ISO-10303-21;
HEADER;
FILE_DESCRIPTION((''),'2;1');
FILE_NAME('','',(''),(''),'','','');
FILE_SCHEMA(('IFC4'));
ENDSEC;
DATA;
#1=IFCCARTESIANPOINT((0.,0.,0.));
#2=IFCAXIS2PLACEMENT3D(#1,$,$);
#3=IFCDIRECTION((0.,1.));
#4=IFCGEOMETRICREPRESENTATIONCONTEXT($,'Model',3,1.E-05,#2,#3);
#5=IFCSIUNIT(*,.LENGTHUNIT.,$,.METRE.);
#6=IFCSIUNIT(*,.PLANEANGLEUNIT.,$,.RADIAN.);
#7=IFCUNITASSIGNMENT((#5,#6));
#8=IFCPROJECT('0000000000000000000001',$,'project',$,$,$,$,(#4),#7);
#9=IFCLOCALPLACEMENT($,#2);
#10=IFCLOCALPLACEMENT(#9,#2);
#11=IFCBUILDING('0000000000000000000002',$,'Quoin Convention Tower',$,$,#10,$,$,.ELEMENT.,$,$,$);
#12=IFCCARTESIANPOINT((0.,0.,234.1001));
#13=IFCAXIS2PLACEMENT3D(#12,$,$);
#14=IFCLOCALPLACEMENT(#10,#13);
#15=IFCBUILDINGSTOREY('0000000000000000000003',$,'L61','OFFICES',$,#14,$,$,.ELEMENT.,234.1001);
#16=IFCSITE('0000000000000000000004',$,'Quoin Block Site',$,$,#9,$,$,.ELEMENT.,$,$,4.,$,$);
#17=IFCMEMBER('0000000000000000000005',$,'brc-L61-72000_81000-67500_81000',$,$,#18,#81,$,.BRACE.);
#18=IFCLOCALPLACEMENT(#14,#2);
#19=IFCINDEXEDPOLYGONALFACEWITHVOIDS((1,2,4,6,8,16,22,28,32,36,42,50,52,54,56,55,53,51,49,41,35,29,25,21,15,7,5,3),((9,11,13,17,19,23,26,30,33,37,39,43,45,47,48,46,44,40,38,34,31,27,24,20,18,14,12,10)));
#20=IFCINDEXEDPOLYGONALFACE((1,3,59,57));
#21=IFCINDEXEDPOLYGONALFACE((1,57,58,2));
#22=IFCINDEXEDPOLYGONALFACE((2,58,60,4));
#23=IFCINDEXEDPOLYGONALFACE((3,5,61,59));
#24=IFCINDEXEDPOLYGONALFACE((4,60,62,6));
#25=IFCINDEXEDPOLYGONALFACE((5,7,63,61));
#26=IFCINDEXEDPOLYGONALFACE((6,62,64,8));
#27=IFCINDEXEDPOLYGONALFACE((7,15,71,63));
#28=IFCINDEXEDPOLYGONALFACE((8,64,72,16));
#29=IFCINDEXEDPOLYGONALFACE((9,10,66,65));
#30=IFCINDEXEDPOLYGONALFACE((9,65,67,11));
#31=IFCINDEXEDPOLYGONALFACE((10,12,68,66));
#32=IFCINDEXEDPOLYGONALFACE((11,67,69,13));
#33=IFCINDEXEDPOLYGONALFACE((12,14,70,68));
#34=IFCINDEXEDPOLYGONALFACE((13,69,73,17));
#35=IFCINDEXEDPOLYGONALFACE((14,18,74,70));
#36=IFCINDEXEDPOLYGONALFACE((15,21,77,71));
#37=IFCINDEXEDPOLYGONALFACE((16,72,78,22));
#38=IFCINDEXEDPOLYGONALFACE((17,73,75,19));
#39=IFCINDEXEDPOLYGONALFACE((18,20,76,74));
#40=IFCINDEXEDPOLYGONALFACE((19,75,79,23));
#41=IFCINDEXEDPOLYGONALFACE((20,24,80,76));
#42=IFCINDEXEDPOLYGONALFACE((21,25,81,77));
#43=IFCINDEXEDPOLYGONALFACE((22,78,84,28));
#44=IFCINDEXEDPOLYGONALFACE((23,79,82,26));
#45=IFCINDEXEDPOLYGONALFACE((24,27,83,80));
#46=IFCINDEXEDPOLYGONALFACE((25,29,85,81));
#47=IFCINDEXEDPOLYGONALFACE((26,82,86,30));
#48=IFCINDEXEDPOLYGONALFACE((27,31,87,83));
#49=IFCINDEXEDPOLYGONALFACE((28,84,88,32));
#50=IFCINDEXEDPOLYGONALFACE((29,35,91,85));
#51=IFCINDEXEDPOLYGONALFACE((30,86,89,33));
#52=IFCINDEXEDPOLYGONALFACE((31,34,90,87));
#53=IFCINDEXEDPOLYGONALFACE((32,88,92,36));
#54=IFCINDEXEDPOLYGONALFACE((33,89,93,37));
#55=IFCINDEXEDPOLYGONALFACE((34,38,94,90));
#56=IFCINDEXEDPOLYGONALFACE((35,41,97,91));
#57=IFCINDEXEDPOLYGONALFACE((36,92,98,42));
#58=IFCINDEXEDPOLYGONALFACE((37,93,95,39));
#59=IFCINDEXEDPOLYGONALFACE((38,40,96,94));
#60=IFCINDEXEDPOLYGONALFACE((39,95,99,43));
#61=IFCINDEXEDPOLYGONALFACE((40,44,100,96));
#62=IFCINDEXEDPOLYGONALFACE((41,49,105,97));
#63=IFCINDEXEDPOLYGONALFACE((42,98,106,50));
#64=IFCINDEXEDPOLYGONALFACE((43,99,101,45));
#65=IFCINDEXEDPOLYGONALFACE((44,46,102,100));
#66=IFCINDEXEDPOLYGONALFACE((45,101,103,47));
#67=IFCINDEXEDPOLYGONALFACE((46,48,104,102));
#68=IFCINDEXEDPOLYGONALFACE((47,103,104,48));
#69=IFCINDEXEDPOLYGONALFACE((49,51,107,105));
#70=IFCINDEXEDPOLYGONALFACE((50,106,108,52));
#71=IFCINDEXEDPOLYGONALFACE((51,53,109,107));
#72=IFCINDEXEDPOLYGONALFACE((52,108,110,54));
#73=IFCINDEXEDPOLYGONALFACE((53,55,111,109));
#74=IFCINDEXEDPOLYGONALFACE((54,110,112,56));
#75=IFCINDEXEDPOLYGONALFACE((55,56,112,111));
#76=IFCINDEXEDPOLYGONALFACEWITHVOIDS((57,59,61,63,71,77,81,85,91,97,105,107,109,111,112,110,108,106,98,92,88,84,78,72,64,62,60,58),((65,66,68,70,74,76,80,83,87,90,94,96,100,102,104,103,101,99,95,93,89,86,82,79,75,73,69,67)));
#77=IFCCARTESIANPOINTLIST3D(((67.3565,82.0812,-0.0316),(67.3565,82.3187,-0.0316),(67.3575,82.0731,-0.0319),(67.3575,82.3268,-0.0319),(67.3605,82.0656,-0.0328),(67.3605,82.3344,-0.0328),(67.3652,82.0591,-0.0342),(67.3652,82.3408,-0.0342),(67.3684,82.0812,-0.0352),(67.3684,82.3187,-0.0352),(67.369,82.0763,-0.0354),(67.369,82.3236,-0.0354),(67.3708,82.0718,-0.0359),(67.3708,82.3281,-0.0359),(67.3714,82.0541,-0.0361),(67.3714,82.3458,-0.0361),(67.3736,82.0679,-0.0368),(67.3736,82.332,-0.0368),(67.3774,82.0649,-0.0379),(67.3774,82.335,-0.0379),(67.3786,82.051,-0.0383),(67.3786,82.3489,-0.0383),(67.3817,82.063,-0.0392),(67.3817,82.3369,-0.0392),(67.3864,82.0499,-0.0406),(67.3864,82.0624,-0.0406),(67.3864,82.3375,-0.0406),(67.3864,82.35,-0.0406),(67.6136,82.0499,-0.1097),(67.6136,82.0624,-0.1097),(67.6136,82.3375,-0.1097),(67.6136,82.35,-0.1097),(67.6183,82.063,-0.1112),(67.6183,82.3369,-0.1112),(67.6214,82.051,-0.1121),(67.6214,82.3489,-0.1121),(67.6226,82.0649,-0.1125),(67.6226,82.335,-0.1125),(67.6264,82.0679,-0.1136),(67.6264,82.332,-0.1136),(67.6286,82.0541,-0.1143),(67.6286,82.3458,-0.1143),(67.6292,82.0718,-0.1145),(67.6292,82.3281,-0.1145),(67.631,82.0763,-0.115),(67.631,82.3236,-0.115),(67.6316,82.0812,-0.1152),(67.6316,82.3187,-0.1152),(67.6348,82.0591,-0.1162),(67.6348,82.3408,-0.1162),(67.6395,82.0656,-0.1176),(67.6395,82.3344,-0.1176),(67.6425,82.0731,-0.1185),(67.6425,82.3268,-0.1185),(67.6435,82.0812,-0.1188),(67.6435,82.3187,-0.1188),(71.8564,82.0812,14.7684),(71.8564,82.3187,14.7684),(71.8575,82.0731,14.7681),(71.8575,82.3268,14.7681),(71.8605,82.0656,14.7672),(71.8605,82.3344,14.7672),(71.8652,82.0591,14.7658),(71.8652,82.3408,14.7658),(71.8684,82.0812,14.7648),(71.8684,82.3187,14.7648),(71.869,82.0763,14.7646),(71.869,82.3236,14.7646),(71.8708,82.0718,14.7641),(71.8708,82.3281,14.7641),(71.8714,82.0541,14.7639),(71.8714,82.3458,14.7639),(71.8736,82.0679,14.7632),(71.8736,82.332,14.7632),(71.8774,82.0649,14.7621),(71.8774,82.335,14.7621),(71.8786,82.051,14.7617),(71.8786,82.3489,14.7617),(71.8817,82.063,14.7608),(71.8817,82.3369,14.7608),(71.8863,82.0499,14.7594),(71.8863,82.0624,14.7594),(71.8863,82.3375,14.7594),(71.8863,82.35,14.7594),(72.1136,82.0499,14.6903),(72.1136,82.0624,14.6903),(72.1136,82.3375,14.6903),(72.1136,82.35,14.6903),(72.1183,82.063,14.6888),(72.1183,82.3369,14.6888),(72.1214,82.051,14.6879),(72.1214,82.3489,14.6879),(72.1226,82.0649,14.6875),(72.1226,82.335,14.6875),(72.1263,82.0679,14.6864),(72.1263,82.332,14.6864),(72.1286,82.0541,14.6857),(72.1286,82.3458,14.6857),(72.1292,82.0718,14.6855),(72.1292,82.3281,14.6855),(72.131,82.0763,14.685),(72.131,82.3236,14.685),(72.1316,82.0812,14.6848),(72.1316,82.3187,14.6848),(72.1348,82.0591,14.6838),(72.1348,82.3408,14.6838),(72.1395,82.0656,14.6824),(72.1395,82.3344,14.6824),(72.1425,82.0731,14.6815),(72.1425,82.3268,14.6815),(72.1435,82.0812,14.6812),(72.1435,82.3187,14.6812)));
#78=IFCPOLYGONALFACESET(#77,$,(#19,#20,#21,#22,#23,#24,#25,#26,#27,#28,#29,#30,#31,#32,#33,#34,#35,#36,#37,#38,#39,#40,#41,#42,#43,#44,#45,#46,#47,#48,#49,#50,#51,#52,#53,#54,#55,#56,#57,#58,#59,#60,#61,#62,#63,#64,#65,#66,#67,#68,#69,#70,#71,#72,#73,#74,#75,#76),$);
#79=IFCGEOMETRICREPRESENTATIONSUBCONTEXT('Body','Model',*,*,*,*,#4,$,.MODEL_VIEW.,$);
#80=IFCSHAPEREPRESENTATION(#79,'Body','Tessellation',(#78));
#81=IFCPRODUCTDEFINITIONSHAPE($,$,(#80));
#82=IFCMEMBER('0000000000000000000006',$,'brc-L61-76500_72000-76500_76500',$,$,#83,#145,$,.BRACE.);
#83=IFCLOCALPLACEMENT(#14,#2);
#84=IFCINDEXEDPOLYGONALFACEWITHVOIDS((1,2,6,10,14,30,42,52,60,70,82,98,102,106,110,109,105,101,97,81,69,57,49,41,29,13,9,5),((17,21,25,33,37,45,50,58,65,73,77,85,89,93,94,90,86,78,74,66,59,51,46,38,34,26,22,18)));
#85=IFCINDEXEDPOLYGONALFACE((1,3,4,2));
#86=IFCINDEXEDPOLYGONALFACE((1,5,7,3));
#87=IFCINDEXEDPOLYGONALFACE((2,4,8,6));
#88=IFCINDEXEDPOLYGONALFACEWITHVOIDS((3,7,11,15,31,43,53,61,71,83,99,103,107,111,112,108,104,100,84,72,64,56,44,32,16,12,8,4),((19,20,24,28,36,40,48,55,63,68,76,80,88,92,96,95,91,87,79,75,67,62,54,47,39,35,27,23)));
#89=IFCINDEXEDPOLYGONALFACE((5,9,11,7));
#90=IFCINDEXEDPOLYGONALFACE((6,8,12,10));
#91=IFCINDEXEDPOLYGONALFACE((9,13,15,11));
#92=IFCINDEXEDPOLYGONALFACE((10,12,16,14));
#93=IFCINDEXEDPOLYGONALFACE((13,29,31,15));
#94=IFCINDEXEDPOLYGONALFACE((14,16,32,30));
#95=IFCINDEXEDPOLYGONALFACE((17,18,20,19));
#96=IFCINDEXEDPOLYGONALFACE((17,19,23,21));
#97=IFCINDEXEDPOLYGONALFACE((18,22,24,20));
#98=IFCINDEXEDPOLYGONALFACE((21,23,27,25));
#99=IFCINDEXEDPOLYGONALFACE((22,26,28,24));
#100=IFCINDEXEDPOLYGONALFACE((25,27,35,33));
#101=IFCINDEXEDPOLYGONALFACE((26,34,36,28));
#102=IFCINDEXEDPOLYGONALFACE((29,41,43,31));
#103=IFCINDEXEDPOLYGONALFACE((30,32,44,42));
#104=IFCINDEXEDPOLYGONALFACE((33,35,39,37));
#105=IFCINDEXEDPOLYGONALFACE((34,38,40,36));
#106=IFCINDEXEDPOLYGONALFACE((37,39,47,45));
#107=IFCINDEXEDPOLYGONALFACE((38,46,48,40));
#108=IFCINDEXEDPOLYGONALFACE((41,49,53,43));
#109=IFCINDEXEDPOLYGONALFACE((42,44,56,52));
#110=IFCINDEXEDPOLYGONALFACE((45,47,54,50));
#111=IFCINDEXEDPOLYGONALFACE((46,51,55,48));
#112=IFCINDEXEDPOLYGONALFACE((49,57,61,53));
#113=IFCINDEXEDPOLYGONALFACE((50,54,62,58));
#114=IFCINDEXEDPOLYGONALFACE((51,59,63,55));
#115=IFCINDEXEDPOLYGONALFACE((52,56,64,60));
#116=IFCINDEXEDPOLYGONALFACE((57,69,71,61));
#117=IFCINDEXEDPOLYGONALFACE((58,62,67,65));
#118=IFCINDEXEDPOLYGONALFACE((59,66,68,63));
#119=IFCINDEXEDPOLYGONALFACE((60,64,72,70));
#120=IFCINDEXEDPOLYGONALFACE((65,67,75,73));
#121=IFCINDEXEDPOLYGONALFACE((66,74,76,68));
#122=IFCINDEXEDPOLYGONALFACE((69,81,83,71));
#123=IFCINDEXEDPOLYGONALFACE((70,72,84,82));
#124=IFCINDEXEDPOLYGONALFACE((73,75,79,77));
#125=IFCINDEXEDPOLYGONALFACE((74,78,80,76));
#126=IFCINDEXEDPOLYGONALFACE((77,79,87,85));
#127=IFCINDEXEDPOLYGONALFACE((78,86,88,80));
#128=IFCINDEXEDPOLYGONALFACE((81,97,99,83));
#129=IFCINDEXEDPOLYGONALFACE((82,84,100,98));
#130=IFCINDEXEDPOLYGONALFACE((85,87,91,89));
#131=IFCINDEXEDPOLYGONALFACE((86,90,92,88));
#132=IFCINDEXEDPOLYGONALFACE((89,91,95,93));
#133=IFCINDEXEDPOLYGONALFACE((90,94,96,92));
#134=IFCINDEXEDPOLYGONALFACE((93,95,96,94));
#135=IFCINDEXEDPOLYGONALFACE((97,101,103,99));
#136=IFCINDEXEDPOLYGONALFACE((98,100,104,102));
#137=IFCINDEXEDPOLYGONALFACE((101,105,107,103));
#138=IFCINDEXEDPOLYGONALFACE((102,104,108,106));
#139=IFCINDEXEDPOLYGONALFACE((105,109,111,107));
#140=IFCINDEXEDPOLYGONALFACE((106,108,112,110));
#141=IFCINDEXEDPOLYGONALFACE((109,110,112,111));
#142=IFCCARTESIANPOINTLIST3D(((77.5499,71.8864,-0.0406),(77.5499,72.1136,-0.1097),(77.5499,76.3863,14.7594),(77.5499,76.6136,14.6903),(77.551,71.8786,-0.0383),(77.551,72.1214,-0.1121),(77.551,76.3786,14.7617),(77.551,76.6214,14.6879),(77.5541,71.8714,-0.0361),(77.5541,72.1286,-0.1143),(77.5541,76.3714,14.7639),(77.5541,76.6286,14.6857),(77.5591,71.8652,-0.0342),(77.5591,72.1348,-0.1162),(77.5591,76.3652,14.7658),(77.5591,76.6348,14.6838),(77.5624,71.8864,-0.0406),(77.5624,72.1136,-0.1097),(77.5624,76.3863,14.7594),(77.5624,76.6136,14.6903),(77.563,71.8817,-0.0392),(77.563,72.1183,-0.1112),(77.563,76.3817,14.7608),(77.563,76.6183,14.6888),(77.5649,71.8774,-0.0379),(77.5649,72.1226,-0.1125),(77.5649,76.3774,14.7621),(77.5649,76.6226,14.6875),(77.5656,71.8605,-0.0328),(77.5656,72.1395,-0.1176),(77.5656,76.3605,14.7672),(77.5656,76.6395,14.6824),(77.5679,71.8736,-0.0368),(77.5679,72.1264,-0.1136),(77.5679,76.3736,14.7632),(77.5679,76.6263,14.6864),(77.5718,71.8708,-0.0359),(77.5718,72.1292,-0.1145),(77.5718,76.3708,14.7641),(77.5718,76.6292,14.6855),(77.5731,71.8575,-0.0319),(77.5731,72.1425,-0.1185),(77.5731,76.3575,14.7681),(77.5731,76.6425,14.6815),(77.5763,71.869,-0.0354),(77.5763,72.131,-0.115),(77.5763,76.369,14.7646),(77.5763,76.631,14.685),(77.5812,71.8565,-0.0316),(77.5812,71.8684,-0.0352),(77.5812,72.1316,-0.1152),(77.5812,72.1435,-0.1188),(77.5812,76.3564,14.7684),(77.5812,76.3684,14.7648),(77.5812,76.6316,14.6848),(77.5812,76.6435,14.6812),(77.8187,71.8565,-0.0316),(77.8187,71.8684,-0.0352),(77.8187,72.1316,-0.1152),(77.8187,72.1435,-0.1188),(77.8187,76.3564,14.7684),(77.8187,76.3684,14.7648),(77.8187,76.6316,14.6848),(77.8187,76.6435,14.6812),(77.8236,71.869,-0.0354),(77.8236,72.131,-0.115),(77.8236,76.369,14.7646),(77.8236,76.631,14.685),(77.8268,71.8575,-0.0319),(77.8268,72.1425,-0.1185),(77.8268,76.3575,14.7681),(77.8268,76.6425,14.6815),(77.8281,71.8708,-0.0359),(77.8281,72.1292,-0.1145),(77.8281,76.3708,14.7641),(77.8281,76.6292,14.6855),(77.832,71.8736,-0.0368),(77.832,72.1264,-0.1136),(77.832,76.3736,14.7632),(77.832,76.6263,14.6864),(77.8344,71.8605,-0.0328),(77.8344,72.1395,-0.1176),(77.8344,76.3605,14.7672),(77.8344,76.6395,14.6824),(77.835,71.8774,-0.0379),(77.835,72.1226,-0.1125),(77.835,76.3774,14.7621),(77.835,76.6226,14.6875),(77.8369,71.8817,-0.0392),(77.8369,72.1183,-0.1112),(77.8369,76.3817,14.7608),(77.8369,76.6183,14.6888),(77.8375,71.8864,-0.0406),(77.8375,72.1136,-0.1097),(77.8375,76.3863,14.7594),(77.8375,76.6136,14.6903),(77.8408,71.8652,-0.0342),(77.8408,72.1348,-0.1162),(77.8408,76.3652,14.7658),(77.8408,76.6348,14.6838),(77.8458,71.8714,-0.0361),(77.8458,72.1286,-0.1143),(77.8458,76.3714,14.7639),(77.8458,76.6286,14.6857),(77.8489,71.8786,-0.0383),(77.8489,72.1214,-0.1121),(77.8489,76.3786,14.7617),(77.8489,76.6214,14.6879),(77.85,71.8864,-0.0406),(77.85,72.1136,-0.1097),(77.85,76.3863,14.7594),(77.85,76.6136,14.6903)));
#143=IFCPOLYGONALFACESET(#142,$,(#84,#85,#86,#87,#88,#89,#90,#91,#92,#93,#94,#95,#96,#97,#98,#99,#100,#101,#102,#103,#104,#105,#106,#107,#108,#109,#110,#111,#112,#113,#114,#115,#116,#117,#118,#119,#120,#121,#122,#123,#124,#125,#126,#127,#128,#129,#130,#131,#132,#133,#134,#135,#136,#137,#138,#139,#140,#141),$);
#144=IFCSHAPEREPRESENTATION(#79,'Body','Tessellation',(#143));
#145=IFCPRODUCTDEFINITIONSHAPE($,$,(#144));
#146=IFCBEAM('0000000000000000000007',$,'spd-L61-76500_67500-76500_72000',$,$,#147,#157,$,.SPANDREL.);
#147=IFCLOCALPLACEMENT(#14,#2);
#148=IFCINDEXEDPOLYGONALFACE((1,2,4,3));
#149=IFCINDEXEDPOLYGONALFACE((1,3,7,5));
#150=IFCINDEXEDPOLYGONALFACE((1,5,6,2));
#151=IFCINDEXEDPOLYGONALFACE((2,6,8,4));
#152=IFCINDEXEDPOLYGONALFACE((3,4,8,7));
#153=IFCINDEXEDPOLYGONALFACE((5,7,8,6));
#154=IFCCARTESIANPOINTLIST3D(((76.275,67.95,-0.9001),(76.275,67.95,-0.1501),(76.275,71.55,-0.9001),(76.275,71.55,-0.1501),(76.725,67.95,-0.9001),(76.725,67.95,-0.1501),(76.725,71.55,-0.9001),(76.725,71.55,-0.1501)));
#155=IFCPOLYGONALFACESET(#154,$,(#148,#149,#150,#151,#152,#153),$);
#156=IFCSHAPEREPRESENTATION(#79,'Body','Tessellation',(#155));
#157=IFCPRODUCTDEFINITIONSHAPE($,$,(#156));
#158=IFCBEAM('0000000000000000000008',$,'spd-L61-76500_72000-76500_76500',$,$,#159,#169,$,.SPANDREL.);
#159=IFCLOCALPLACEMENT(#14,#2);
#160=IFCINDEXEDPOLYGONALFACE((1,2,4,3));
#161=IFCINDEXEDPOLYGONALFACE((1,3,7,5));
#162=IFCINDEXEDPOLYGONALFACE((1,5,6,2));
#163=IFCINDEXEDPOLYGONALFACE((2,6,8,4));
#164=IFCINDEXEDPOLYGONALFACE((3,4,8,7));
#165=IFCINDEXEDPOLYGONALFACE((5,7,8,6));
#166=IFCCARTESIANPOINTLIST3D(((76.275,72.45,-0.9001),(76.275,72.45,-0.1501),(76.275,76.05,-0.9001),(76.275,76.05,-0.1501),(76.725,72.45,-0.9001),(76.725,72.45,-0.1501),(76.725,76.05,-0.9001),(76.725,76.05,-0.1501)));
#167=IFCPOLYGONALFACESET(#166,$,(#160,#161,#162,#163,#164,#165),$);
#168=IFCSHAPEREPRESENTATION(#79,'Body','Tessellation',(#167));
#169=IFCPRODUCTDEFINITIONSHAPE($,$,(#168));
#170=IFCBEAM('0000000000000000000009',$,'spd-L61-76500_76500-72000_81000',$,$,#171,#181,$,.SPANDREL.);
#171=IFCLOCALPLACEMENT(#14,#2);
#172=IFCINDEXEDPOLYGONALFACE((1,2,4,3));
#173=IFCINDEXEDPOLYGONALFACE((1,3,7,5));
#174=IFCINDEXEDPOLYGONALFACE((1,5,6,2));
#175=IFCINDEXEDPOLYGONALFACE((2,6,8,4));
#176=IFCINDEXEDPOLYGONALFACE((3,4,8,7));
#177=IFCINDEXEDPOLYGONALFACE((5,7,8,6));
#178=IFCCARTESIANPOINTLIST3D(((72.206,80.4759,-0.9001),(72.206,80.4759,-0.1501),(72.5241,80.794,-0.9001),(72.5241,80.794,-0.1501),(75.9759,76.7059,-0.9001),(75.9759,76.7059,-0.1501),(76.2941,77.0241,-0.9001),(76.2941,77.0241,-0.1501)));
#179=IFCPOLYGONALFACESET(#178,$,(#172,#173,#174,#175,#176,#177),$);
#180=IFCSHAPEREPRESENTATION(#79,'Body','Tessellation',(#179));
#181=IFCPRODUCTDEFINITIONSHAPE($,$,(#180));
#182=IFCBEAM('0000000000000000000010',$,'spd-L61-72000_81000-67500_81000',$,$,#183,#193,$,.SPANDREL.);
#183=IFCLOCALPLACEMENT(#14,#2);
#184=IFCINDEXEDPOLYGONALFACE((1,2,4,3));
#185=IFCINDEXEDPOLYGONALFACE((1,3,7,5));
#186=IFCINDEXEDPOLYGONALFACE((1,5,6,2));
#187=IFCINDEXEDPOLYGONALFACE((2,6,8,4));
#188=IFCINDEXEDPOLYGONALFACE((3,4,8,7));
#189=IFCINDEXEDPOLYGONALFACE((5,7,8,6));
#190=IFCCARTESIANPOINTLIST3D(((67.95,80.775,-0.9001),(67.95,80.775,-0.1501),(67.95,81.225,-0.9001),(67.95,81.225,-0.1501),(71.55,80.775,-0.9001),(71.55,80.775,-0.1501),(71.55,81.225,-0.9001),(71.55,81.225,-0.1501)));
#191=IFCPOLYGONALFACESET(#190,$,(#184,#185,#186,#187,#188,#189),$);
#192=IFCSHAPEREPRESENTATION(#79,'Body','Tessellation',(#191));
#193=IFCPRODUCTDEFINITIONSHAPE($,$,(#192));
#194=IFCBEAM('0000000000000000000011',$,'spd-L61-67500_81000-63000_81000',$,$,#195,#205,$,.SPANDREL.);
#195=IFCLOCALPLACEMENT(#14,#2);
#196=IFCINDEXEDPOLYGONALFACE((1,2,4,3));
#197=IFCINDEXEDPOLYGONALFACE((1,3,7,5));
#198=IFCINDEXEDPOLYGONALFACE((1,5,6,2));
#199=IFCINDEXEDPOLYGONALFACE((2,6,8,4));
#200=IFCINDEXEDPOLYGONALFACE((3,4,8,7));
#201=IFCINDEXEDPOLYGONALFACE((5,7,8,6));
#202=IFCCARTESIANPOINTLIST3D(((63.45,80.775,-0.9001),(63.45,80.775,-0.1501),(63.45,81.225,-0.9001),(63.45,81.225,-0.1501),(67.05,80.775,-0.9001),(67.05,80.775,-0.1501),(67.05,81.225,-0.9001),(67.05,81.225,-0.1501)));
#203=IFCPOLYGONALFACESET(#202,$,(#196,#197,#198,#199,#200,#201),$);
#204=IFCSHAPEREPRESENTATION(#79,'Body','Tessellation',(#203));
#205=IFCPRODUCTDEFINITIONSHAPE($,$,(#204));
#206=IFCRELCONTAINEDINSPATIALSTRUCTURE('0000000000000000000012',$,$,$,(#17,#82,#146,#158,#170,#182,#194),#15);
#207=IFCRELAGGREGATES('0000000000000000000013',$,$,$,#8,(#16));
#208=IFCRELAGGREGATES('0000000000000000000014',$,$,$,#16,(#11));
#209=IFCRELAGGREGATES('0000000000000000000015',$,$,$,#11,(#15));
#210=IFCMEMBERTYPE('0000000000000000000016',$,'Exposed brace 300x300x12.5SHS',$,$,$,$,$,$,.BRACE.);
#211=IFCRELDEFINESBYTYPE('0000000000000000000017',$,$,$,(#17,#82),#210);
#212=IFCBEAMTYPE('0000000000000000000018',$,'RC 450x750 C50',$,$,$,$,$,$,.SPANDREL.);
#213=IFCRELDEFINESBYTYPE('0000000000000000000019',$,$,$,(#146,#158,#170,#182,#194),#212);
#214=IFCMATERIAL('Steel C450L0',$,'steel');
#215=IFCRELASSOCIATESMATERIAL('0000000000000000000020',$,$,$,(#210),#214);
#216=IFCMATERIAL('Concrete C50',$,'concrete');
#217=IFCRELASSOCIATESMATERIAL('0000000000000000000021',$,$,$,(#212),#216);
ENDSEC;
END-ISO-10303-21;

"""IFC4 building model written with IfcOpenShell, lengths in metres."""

from ifc_helpers import new_model, si_unit, direction, frame, origin, origin_2d, place, context, subcontext, project, spatial, rectangle, hollow_rectangle, extrude, material, material_profile, profile_set, type_object, element, save


model = new_model("IFC4")

# Units and contexts
model_context = context("Model", 3, precision=1e-05, world=origin(), true_north=direction((0.0, 1.0)))
body_context = subcontext(model_context, "Body", "Model", "MODEL_VIEW")
ifc_project = project(units=[si_unit("LENGTHUNIT", "METRE"), si_unit("PLANEANGLEUNIT", "RADIAN")], contexts=[model_context])

# Site, building, storey
site_placement = place(None, origin())
site = spatial("IfcSite", under=ifc_project, at=site_placement, Name="Quoin Block Site", CompositionType="ELEMENT", RefElevation=4.0)
building_placement = place(site_placement, origin())
building = spatial("IfcBuilding", under=site, at=building_placement, Name="Quoin Convention Tower", CompositionType="ELEMENT")
storey_placement = place(building_placement, frame((0.0, 0.0, 234.1001)))
storey = spatial("IfcBuildingStorey", under=building, at=storey_placement, Name="L61", Description="OFFICES", CompositionType="ELEMENT", Elevation=234.1001)

# Shared definitions
ifc_material_1 = material(Name="Concrete C50", Category="concrete")

# Members
ifc_material_2 = material(Name="Steel C450L0", Category="steel")
ifc_material_profile_1 = material_profile(ifc_material_2, hollow_rectangle(XDim=0.3, YDim=0.3, WallThickness=0.0125, InnerFilletRadius=0.0188, OuterFilletRadius=0.0312, at=origin_2d()), Name="300x300x12.5SHS")
ifc_profile_set_1 = profile_set([ifc_material_profile_1], Name="Steel C450L0")
member_type = type_object("IfcMemberType", Name="Exposed brace 300x300x12.5SHS", PredefinedType="BRACE", material=ifc_profile_set_1)
for number, where, z_axis, x_axis, name in (
    (1, (67.5, 82.2, -0.0752), (0.290903, 0.0, 0.956752), (0.0, 1.0, 0.0), "brc-L61-72000_81000-67500_81000"),
    (2, (77.7, 72.0, -0.0752), (0.0, 0.290903, 0.956752), (-1.0, 0.0, 0.0), "brc-L61-76500_72000-76500_76500"),
):
    element("IfcMember", number, at=place(storey_placement, frame(where, z_axis=z_axis, x_axis=x_axis)), inside=storey, type_object=member_type, Name=name, PredefinedType="BRACE", context=body_context, shape_type="SweptSolid", body=[
        extrude(hollow_rectangle(XDim=0.3, YDim=0.3, WallThickness=0.0125, InnerFilletRadius=0.0188, OuterFilletRadius=0.0312, at=origin_2d()), origin(), (0.0, 0.0, 1.0), 15.469),
    ])

# Beams
ifc_material_profile_2 = material_profile(ifc_material_1, rectangle(XDim=0.45, YDim=0.75, at=origin_2d()), Name="RC 450x750")
ifc_profile_set_2 = profile_set([ifc_material_profile_2], Name="Concrete C50")
beam_type_1 = type_object("IfcBeamType", Name="RC 450x750 C50", PredefinedType="SPANDREL", material=ifc_profile_set_2)
for number, where, z_axis, x_axis, name in (
    (3, (76.5, 67.95, -0.5251), (0.0, 1.0, 0.0), (-1.0, 0.0, 0.0), "spd-L61-76500_67500-76500_72000"),
    (4, (76.5, 72.45, -0.5251), (0.0, 1.0, 0.0), (-1.0, 0.0, 0.0), "spd-L61-76500_72000-76500_76500"),
):
    element("IfcBeam", number, at=place(storey_placement, frame(where, z_axis=z_axis, x_axis=x_axis)), inside=storey, type_object=beam_type_1, Name=name, PredefinedType="SPANDREL", context=body_context, shape_type="SweptSolid", body=[
        extrude(rectangle(XDim=0.45, YDim=0.75, at=origin_2d()), origin(), (0.0, 0.0, 1.0), 3.6001),
    ])
beam_1_placement = place(storey_placement, frame((76.135, 76.865, -0.5251), z_axis=(-0.707107, 0.707107, 0.0), x_axis=(-0.707107, -0.707107, 0.0)))
element("IfcBeam", 5, at=beam_1_placement, inside=storey, type_object=beam_type_1, Name="spd-L61-76500_76500-72000_81000", PredefinedType="SPANDREL", context=body_context, shape_type="SweptSolid", body=[
    extrude(rectangle(XDim=0.45, YDim=0.75, at=origin_2d()), origin(), (0.0, 0.0, 1.0), 5.3315),
])
for number, where, z_axis, x_axis, name in (
    (6, (71.55, 81.0, -0.5251), (-1.0, 0.0, 0.0), (0.0, -1.0, 0.0), "spd-L61-72000_81000-67500_81000"),
    (7, (67.05, 81.0, -0.5251), (-1.0, 0.0, 0.0), (0.0, -1.0, 0.0), "spd-L61-67500_81000-63000_81000"),
):
    element("IfcBeam", number, at=place(storey_placement, frame(where, z_axis=z_axis, x_axis=x_axis)), inside=storey, type_object=beam_type_1, Name=name, PredefinedType="SPANDREL", context=body_context, shape_type="SweptSolid", body=[
        extrude(rectangle(XDim=0.45, YDim=0.75, at=origin_2d()), origin(), (0.0, 0.0, 1.0), 3.6001),
    ])

save(model, "model.ifc")
